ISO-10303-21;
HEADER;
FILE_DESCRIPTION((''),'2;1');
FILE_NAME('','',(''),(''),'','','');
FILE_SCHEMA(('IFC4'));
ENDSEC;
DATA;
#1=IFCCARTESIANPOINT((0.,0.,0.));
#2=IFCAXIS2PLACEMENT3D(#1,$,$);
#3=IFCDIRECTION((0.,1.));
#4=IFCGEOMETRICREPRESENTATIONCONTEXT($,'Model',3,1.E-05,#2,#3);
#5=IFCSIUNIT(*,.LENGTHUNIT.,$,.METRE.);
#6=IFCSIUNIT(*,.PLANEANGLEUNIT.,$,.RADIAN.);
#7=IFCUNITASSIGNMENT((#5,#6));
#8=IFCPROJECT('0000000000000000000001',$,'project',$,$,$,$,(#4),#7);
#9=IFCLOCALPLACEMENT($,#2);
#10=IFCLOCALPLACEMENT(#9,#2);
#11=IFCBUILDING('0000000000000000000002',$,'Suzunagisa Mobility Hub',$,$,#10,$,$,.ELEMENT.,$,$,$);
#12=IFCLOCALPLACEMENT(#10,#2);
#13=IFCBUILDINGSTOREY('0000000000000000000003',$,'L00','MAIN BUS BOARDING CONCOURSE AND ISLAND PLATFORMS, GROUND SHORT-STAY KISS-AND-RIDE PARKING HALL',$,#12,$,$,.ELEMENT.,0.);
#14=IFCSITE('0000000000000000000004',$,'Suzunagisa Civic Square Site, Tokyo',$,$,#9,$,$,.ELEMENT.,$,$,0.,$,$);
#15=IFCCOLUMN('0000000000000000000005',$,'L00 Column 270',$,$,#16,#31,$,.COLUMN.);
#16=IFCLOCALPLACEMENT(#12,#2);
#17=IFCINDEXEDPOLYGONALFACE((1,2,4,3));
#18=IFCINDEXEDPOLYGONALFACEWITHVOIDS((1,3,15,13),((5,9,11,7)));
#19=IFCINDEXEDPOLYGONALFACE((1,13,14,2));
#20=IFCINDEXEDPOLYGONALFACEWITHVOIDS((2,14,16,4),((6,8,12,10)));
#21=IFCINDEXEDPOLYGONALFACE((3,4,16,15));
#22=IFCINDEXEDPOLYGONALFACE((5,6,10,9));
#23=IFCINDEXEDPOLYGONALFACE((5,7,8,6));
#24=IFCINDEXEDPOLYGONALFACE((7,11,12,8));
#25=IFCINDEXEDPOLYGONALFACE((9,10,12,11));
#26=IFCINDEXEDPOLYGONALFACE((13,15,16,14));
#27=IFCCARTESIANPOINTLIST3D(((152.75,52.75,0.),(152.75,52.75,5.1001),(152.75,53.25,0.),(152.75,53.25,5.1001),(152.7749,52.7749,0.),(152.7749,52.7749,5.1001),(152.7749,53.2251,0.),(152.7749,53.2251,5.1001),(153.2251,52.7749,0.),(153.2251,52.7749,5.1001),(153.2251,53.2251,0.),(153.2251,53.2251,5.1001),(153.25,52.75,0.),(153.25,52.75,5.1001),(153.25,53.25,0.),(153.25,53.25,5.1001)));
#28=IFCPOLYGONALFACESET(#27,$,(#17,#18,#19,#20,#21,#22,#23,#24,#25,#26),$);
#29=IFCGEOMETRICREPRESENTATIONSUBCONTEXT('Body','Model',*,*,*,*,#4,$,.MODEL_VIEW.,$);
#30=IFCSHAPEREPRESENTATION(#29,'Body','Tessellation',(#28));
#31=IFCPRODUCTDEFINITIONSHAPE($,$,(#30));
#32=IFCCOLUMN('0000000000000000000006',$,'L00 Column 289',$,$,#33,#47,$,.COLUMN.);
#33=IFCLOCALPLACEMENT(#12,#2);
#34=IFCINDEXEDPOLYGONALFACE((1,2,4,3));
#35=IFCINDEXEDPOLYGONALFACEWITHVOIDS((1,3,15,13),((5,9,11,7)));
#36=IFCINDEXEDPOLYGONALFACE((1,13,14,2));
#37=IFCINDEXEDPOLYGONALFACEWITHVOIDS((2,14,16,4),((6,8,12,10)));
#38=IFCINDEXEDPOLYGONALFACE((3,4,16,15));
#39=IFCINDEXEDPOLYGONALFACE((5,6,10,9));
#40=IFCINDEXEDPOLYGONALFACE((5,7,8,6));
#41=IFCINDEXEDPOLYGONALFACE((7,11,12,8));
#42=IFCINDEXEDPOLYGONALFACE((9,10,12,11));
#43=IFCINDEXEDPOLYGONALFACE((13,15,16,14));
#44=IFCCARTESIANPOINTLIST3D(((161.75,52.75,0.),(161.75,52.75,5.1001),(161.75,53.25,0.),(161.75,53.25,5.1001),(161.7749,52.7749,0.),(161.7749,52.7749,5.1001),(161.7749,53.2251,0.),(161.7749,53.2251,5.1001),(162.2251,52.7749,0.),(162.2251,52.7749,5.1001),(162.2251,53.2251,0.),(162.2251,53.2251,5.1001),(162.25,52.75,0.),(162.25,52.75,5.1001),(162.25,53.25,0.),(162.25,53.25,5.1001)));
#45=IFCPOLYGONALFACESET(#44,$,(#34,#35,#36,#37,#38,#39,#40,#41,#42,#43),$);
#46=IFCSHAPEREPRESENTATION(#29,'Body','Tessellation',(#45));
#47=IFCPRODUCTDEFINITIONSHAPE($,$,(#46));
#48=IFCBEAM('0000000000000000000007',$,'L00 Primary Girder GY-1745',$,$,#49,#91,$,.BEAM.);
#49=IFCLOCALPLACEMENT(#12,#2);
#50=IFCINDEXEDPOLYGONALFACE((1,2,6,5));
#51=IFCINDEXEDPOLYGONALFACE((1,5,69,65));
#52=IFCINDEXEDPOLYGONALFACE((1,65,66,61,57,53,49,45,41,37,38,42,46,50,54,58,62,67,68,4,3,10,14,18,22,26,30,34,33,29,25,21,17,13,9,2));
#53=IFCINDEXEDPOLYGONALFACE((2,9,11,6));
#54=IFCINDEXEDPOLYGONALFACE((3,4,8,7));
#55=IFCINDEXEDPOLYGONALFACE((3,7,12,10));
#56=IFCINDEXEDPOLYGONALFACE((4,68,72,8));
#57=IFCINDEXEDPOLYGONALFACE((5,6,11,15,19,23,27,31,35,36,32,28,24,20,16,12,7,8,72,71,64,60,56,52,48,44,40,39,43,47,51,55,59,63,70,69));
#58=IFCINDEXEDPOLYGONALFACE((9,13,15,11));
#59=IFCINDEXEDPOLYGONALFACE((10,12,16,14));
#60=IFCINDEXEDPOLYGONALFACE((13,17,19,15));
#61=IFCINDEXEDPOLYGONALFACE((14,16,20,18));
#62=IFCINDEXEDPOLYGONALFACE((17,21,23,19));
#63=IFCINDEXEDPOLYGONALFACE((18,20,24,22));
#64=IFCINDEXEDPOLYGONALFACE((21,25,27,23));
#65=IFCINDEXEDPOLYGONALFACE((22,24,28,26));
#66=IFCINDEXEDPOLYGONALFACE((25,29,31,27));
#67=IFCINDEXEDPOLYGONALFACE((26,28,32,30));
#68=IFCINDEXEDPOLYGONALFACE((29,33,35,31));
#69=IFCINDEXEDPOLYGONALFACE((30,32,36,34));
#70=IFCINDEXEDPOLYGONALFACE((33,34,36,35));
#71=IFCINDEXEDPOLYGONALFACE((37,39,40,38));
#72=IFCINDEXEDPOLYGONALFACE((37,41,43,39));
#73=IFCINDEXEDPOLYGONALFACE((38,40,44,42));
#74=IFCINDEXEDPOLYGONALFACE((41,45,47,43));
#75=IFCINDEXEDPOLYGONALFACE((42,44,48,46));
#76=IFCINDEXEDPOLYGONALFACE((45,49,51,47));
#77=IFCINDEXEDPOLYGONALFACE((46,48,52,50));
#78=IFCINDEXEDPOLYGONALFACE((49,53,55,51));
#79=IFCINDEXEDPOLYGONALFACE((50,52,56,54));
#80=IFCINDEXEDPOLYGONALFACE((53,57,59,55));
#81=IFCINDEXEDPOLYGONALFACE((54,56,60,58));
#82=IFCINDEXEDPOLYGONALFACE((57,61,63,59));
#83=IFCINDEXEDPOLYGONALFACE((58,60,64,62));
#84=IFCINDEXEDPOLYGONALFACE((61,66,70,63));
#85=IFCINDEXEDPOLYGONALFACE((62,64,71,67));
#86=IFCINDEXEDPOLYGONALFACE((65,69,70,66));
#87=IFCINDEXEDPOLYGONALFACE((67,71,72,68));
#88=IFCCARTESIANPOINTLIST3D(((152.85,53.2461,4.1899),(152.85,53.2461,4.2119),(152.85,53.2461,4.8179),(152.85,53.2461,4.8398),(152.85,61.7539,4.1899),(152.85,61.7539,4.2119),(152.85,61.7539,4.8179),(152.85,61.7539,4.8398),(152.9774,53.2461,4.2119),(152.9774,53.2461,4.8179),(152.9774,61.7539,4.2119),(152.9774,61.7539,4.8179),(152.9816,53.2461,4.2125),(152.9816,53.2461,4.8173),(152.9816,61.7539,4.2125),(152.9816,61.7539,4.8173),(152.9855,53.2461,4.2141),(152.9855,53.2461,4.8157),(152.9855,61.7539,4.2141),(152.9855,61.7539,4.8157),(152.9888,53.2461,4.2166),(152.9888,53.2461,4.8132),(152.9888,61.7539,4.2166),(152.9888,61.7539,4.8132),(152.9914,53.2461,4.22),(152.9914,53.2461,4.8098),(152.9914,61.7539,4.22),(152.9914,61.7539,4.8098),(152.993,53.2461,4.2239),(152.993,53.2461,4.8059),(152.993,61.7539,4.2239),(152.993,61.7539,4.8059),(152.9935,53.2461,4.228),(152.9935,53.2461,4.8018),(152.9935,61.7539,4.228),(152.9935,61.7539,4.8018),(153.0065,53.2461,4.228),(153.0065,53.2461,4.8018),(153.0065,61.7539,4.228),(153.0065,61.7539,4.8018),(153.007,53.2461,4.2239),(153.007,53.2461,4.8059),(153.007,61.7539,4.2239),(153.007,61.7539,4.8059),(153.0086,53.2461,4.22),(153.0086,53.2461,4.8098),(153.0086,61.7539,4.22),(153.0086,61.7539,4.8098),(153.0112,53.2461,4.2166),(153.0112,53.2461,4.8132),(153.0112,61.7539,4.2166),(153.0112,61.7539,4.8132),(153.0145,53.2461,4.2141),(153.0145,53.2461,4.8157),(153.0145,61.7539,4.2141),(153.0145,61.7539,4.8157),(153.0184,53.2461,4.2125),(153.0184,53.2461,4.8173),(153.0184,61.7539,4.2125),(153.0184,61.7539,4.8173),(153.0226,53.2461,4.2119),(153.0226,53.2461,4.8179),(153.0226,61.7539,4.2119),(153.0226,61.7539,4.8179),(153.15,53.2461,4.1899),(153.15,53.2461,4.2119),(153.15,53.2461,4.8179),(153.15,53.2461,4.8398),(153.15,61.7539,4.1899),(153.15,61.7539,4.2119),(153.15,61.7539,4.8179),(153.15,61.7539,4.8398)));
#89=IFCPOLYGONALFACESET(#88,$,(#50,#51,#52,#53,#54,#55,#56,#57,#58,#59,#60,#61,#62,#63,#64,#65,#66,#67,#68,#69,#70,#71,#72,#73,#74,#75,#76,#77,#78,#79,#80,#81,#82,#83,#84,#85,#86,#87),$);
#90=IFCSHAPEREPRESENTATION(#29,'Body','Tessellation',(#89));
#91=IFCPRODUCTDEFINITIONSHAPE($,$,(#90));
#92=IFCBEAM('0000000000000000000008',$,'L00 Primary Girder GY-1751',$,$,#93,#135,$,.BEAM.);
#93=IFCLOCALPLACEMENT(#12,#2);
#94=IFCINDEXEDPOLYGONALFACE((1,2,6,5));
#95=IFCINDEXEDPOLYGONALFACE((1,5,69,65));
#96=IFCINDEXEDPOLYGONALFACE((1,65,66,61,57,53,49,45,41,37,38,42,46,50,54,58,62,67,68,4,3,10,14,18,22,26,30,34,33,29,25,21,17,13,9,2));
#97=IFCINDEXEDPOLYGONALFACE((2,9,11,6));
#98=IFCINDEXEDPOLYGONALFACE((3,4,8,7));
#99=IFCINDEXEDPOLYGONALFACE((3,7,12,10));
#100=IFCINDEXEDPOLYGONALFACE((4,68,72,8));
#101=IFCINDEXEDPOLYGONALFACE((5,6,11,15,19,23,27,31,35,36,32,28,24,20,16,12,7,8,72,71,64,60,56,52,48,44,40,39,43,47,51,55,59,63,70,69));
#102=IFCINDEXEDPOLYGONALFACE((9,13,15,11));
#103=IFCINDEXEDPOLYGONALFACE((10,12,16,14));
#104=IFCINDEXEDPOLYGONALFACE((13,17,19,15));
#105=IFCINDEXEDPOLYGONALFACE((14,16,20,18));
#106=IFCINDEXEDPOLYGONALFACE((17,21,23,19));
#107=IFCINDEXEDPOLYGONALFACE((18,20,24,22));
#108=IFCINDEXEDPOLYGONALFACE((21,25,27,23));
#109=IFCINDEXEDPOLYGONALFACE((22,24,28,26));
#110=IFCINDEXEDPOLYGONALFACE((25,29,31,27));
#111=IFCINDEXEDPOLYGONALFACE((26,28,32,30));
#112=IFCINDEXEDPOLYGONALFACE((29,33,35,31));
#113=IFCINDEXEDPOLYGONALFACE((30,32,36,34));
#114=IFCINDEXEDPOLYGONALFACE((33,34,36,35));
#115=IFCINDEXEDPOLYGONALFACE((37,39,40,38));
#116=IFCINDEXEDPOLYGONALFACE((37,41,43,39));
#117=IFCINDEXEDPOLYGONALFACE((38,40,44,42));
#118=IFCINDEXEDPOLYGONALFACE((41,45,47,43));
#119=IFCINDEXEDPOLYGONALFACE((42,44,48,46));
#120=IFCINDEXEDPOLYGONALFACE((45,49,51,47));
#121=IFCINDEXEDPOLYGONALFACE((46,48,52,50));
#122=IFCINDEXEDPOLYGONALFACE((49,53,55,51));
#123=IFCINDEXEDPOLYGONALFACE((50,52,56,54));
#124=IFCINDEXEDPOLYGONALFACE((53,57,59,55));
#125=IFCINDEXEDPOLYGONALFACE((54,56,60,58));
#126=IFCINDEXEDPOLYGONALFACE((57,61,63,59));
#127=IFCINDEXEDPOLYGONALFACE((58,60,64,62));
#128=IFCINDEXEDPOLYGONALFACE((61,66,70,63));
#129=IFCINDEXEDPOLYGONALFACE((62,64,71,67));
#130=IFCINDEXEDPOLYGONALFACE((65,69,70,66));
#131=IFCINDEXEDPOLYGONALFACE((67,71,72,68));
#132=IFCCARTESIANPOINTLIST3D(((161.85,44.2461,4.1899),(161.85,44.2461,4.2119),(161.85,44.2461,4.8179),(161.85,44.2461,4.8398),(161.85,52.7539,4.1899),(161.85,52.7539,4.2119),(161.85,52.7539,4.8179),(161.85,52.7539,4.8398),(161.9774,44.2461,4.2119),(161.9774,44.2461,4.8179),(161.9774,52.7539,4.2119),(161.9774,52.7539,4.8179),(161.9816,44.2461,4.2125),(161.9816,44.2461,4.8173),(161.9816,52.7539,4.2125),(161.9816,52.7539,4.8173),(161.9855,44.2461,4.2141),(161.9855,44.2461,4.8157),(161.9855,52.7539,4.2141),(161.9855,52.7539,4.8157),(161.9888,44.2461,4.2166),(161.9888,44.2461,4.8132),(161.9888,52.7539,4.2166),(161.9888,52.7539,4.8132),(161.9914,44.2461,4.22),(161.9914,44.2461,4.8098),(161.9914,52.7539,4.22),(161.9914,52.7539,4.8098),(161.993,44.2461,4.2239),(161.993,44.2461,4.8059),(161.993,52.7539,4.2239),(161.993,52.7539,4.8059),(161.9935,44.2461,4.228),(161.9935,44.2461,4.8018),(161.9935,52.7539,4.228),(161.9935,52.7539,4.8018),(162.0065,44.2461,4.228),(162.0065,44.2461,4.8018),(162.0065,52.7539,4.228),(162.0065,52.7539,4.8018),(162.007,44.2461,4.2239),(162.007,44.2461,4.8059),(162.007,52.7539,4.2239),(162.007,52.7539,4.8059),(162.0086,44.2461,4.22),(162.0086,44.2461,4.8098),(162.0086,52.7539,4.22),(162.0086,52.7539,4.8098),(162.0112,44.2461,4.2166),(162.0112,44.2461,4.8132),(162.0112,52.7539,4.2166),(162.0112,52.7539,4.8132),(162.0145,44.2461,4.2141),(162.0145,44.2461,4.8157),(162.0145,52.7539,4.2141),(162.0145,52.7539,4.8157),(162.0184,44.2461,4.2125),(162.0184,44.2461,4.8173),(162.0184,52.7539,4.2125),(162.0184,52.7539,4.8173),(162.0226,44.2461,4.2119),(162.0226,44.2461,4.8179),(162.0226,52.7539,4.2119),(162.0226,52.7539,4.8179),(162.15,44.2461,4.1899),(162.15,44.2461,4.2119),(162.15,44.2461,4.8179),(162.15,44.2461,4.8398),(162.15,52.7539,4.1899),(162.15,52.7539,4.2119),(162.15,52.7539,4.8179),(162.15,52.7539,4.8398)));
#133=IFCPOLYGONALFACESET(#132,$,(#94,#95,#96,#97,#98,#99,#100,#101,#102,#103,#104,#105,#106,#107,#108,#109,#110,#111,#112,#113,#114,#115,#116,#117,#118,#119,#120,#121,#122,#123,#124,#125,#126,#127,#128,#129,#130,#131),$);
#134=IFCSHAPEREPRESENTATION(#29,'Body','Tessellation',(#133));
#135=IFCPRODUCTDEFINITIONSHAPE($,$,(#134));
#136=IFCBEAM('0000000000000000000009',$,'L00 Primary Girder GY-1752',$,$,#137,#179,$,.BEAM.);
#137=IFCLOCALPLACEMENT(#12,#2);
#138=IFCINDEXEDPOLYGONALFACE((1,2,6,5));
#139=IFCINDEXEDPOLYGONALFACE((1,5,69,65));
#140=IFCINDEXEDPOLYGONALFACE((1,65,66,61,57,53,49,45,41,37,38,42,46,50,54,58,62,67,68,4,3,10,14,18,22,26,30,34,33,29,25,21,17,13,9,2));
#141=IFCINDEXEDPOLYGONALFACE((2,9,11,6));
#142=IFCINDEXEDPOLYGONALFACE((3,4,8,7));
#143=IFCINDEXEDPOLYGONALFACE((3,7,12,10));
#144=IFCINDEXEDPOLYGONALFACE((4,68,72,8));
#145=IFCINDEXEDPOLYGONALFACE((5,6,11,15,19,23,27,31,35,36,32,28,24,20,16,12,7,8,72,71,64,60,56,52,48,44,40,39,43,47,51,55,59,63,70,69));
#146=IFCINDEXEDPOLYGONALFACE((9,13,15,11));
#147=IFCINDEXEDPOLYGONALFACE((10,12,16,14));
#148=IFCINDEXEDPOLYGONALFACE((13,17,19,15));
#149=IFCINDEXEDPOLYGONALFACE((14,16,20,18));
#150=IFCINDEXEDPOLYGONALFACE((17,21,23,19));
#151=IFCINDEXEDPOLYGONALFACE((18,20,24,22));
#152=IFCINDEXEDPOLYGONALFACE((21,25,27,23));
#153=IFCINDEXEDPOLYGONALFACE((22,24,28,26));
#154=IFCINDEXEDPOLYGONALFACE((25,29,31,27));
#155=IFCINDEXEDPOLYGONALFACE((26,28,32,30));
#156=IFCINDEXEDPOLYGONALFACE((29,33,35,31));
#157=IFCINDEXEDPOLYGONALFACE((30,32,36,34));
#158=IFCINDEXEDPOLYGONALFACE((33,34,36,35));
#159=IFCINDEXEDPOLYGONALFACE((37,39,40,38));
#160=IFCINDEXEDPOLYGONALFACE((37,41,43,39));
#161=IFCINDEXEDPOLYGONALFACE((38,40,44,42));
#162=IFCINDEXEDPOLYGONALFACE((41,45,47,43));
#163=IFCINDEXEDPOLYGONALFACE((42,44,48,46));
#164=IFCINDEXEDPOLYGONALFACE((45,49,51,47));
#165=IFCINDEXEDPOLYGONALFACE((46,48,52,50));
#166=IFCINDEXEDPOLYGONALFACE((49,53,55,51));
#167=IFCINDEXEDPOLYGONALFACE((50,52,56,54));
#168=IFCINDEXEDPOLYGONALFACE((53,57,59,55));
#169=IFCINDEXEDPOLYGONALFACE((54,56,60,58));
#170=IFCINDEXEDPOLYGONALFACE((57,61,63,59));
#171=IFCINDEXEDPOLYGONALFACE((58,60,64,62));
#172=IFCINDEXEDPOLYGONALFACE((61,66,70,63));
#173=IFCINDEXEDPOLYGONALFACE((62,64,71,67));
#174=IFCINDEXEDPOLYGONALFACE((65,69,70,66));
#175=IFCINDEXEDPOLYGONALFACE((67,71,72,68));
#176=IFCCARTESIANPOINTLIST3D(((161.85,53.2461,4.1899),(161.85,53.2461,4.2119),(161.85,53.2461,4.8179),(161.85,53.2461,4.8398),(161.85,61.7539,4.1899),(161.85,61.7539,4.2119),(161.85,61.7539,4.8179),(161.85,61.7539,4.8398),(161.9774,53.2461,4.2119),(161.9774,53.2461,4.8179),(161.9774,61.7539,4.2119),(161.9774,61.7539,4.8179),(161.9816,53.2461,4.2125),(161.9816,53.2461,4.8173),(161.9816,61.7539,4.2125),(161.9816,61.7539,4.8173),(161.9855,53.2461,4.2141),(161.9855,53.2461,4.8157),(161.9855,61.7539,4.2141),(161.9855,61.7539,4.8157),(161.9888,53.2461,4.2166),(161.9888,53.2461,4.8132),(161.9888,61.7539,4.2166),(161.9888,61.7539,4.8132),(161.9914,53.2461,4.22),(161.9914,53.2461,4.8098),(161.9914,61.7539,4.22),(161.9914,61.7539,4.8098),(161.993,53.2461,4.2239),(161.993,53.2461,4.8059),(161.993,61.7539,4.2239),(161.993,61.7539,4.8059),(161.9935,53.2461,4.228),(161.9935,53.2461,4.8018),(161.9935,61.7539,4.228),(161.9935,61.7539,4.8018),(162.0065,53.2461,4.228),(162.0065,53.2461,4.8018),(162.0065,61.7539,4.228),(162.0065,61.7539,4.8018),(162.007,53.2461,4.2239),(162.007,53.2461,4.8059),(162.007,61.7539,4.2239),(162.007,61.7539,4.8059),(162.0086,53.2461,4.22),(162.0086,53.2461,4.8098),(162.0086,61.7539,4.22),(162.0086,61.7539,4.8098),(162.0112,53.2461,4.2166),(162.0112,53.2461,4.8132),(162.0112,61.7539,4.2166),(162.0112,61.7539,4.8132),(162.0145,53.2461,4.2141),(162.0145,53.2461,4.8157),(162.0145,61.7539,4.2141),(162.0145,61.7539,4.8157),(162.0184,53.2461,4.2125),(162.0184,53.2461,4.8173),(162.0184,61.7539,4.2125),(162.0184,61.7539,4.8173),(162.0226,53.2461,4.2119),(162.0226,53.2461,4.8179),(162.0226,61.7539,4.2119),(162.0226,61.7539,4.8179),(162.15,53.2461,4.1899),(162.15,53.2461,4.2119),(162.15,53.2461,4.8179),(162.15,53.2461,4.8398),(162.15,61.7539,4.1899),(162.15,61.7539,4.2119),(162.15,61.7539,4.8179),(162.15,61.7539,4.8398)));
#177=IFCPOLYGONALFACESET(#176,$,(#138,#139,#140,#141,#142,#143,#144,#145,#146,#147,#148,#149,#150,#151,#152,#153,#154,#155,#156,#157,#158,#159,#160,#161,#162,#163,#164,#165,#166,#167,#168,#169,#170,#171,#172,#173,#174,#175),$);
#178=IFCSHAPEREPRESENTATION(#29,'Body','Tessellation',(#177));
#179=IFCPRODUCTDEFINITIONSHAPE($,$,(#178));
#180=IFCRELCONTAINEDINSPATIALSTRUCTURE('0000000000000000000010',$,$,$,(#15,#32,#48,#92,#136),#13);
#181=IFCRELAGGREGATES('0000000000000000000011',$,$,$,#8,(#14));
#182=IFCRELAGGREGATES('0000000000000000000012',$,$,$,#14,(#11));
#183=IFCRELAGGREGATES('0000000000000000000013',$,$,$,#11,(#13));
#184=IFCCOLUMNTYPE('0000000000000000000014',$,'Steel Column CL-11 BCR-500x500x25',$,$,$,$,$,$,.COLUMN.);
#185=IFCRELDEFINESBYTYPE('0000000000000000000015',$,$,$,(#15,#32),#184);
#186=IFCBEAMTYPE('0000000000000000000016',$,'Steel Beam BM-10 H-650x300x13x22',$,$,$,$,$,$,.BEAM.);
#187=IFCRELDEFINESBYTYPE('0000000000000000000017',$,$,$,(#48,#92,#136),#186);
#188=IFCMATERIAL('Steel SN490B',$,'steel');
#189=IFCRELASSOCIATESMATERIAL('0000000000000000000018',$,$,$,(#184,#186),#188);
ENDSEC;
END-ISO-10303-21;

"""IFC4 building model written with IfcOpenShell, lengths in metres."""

from ifc_helpers import new_model, si_unit, direction, frame, origin, origin_2d, place, context, subcontext, project, spatial, hollow_rectangle, i_section, extrude, material, material_profile, profile_set, type_object, element, save


model = new_model("IFC4")

# Units and contexts
model_context = context("Model", 3, precision=1e-05, world=origin(), true_north=direction((0.0, 1.0)))
body_context = subcontext(model_context, "Body", "Model", "MODEL_VIEW")
ifc_project = project(units=[si_unit("LENGTHUNIT", "METRE"), si_unit("PLANEANGLEUNIT", "RADIAN")], contexts=[model_context])

# Site, building, storey
site_placement = place(None, origin())
site = spatial("IfcSite", under=ifc_project, at=site_placement, Name="Suzunagisa Civic Square Site, Tokyo", CompositionType="ELEMENT", RefElevation=0.0)
building_placement = place(site_placement, origin())
building = spatial("IfcBuilding", under=site, at=building_placement, Name="Suzunagisa Mobility Hub", CompositionType="ELEMENT")
storey_placement = place(building_placement, origin())
storey = spatial("IfcBuildingStorey", under=building, at=storey_placement, Name="L00", Description="MAIN BUS BOARDING CONCOURSE AND ISLAND PLATFORMS, GROUND SHORT-STAY KISS-AND-RIDE PARKING HALL", CompositionType="ELEMENT", Elevation=0.0)

# Columns
ifc_material_1 = material(Name="Steel SN490B", Category="steel")
ifc_material_profile_1 = material_profile(ifc_material_1, hollow_rectangle(XDim=0.5, YDim=0.5, WallThickness=0.0249, at=origin_2d()), Name="BCR-500x500x25")
ifc_profile_set_1 = profile_set([ifc_material_profile_1], Name="Steel SN490B")
column_type = type_object("IfcColumnType", Name="Steel Column CL-11 BCR-500x500x25", PredefinedType="COLUMN", material=ifc_profile_set_1)
for number, where, z_axis, x_axis, name in (
    (1, (153.0, 53.0, 0.0), (0.0, 0.0, 1.0), (1.0, 0.0, 0.0), "L00 Column 270"),
    (2, (162.0, 53.0, 0.0), (0.0, 0.0, 1.0), (1.0, 0.0, 0.0), "L00 Column 289"),
):
    element("IfcColumn", number, at=place(storey_placement, frame(where, z_axis=z_axis, x_axis=x_axis)), inside=storey, type_object=column_type, Name=name, PredefinedType="COLUMN", context=body_context, shape_type="SweptSolid", body=[
        extrude(hollow_rectangle(XDim=0.5, YDim=0.5, WallThickness=0.0249, at=origin_2d()), origin(), (0.0, 0.0, 1.0), 5.1001),
    ])

# Beams
ifc_material_profile_2 = material_profile(ifc_material_1, i_section(OverallWidth=0.3, OverallDepth=0.6499, WebThickness=0.0129, FlangeThickness=0.022, FilletRadius=0.0161, at=origin_2d()), Name="H-650x300x13x22")
ifc_profile_set_2 = profile_set([ifc_material_profile_2], Name="Steel SN490B")
beam_type_1 = type_object("IfcBeamType", Name="Steel Beam BM-10 H-650x300x13x22", PredefinedType="BEAM", material=ifc_profile_set_2)
for number, where, z_axis, x_axis, name in (
    (3, (153.0, 53.2461, 4.5149), (0.0, 1.0, 0.0), (-1.0, 0.0, 0.0), "L00 Primary Girder GY-1745"),
    (4, (162.0, 44.2461, 4.5149), (0.0, 1.0, 0.0), (-1.0, 0.0, 0.0), "L00 Primary Girder GY-1751"),
    (5, (162.0, 53.2461, 4.5149), (0.0, 1.0, 0.0), (-1.0, 0.0, 0.0), "L00 Primary Girder GY-1752"),
):
    element("IfcBeam", number, at=place(storey_placement, frame(where, z_axis=z_axis, x_axis=x_axis)), inside=storey, type_object=beam_type_1, Name=name, PredefinedType="BEAM", context=body_context, shape_type="SweptSolid", body=[
        extrude(i_section(OverallWidth=0.3, OverallDepth=0.6499, WebThickness=0.0129, FlangeThickness=0.022, FilletRadius=0.0161, at=origin_2d()), origin(), (0.0, 0.0, 1.0), 8.5078),
    ])

save(model, "model.ifc")
